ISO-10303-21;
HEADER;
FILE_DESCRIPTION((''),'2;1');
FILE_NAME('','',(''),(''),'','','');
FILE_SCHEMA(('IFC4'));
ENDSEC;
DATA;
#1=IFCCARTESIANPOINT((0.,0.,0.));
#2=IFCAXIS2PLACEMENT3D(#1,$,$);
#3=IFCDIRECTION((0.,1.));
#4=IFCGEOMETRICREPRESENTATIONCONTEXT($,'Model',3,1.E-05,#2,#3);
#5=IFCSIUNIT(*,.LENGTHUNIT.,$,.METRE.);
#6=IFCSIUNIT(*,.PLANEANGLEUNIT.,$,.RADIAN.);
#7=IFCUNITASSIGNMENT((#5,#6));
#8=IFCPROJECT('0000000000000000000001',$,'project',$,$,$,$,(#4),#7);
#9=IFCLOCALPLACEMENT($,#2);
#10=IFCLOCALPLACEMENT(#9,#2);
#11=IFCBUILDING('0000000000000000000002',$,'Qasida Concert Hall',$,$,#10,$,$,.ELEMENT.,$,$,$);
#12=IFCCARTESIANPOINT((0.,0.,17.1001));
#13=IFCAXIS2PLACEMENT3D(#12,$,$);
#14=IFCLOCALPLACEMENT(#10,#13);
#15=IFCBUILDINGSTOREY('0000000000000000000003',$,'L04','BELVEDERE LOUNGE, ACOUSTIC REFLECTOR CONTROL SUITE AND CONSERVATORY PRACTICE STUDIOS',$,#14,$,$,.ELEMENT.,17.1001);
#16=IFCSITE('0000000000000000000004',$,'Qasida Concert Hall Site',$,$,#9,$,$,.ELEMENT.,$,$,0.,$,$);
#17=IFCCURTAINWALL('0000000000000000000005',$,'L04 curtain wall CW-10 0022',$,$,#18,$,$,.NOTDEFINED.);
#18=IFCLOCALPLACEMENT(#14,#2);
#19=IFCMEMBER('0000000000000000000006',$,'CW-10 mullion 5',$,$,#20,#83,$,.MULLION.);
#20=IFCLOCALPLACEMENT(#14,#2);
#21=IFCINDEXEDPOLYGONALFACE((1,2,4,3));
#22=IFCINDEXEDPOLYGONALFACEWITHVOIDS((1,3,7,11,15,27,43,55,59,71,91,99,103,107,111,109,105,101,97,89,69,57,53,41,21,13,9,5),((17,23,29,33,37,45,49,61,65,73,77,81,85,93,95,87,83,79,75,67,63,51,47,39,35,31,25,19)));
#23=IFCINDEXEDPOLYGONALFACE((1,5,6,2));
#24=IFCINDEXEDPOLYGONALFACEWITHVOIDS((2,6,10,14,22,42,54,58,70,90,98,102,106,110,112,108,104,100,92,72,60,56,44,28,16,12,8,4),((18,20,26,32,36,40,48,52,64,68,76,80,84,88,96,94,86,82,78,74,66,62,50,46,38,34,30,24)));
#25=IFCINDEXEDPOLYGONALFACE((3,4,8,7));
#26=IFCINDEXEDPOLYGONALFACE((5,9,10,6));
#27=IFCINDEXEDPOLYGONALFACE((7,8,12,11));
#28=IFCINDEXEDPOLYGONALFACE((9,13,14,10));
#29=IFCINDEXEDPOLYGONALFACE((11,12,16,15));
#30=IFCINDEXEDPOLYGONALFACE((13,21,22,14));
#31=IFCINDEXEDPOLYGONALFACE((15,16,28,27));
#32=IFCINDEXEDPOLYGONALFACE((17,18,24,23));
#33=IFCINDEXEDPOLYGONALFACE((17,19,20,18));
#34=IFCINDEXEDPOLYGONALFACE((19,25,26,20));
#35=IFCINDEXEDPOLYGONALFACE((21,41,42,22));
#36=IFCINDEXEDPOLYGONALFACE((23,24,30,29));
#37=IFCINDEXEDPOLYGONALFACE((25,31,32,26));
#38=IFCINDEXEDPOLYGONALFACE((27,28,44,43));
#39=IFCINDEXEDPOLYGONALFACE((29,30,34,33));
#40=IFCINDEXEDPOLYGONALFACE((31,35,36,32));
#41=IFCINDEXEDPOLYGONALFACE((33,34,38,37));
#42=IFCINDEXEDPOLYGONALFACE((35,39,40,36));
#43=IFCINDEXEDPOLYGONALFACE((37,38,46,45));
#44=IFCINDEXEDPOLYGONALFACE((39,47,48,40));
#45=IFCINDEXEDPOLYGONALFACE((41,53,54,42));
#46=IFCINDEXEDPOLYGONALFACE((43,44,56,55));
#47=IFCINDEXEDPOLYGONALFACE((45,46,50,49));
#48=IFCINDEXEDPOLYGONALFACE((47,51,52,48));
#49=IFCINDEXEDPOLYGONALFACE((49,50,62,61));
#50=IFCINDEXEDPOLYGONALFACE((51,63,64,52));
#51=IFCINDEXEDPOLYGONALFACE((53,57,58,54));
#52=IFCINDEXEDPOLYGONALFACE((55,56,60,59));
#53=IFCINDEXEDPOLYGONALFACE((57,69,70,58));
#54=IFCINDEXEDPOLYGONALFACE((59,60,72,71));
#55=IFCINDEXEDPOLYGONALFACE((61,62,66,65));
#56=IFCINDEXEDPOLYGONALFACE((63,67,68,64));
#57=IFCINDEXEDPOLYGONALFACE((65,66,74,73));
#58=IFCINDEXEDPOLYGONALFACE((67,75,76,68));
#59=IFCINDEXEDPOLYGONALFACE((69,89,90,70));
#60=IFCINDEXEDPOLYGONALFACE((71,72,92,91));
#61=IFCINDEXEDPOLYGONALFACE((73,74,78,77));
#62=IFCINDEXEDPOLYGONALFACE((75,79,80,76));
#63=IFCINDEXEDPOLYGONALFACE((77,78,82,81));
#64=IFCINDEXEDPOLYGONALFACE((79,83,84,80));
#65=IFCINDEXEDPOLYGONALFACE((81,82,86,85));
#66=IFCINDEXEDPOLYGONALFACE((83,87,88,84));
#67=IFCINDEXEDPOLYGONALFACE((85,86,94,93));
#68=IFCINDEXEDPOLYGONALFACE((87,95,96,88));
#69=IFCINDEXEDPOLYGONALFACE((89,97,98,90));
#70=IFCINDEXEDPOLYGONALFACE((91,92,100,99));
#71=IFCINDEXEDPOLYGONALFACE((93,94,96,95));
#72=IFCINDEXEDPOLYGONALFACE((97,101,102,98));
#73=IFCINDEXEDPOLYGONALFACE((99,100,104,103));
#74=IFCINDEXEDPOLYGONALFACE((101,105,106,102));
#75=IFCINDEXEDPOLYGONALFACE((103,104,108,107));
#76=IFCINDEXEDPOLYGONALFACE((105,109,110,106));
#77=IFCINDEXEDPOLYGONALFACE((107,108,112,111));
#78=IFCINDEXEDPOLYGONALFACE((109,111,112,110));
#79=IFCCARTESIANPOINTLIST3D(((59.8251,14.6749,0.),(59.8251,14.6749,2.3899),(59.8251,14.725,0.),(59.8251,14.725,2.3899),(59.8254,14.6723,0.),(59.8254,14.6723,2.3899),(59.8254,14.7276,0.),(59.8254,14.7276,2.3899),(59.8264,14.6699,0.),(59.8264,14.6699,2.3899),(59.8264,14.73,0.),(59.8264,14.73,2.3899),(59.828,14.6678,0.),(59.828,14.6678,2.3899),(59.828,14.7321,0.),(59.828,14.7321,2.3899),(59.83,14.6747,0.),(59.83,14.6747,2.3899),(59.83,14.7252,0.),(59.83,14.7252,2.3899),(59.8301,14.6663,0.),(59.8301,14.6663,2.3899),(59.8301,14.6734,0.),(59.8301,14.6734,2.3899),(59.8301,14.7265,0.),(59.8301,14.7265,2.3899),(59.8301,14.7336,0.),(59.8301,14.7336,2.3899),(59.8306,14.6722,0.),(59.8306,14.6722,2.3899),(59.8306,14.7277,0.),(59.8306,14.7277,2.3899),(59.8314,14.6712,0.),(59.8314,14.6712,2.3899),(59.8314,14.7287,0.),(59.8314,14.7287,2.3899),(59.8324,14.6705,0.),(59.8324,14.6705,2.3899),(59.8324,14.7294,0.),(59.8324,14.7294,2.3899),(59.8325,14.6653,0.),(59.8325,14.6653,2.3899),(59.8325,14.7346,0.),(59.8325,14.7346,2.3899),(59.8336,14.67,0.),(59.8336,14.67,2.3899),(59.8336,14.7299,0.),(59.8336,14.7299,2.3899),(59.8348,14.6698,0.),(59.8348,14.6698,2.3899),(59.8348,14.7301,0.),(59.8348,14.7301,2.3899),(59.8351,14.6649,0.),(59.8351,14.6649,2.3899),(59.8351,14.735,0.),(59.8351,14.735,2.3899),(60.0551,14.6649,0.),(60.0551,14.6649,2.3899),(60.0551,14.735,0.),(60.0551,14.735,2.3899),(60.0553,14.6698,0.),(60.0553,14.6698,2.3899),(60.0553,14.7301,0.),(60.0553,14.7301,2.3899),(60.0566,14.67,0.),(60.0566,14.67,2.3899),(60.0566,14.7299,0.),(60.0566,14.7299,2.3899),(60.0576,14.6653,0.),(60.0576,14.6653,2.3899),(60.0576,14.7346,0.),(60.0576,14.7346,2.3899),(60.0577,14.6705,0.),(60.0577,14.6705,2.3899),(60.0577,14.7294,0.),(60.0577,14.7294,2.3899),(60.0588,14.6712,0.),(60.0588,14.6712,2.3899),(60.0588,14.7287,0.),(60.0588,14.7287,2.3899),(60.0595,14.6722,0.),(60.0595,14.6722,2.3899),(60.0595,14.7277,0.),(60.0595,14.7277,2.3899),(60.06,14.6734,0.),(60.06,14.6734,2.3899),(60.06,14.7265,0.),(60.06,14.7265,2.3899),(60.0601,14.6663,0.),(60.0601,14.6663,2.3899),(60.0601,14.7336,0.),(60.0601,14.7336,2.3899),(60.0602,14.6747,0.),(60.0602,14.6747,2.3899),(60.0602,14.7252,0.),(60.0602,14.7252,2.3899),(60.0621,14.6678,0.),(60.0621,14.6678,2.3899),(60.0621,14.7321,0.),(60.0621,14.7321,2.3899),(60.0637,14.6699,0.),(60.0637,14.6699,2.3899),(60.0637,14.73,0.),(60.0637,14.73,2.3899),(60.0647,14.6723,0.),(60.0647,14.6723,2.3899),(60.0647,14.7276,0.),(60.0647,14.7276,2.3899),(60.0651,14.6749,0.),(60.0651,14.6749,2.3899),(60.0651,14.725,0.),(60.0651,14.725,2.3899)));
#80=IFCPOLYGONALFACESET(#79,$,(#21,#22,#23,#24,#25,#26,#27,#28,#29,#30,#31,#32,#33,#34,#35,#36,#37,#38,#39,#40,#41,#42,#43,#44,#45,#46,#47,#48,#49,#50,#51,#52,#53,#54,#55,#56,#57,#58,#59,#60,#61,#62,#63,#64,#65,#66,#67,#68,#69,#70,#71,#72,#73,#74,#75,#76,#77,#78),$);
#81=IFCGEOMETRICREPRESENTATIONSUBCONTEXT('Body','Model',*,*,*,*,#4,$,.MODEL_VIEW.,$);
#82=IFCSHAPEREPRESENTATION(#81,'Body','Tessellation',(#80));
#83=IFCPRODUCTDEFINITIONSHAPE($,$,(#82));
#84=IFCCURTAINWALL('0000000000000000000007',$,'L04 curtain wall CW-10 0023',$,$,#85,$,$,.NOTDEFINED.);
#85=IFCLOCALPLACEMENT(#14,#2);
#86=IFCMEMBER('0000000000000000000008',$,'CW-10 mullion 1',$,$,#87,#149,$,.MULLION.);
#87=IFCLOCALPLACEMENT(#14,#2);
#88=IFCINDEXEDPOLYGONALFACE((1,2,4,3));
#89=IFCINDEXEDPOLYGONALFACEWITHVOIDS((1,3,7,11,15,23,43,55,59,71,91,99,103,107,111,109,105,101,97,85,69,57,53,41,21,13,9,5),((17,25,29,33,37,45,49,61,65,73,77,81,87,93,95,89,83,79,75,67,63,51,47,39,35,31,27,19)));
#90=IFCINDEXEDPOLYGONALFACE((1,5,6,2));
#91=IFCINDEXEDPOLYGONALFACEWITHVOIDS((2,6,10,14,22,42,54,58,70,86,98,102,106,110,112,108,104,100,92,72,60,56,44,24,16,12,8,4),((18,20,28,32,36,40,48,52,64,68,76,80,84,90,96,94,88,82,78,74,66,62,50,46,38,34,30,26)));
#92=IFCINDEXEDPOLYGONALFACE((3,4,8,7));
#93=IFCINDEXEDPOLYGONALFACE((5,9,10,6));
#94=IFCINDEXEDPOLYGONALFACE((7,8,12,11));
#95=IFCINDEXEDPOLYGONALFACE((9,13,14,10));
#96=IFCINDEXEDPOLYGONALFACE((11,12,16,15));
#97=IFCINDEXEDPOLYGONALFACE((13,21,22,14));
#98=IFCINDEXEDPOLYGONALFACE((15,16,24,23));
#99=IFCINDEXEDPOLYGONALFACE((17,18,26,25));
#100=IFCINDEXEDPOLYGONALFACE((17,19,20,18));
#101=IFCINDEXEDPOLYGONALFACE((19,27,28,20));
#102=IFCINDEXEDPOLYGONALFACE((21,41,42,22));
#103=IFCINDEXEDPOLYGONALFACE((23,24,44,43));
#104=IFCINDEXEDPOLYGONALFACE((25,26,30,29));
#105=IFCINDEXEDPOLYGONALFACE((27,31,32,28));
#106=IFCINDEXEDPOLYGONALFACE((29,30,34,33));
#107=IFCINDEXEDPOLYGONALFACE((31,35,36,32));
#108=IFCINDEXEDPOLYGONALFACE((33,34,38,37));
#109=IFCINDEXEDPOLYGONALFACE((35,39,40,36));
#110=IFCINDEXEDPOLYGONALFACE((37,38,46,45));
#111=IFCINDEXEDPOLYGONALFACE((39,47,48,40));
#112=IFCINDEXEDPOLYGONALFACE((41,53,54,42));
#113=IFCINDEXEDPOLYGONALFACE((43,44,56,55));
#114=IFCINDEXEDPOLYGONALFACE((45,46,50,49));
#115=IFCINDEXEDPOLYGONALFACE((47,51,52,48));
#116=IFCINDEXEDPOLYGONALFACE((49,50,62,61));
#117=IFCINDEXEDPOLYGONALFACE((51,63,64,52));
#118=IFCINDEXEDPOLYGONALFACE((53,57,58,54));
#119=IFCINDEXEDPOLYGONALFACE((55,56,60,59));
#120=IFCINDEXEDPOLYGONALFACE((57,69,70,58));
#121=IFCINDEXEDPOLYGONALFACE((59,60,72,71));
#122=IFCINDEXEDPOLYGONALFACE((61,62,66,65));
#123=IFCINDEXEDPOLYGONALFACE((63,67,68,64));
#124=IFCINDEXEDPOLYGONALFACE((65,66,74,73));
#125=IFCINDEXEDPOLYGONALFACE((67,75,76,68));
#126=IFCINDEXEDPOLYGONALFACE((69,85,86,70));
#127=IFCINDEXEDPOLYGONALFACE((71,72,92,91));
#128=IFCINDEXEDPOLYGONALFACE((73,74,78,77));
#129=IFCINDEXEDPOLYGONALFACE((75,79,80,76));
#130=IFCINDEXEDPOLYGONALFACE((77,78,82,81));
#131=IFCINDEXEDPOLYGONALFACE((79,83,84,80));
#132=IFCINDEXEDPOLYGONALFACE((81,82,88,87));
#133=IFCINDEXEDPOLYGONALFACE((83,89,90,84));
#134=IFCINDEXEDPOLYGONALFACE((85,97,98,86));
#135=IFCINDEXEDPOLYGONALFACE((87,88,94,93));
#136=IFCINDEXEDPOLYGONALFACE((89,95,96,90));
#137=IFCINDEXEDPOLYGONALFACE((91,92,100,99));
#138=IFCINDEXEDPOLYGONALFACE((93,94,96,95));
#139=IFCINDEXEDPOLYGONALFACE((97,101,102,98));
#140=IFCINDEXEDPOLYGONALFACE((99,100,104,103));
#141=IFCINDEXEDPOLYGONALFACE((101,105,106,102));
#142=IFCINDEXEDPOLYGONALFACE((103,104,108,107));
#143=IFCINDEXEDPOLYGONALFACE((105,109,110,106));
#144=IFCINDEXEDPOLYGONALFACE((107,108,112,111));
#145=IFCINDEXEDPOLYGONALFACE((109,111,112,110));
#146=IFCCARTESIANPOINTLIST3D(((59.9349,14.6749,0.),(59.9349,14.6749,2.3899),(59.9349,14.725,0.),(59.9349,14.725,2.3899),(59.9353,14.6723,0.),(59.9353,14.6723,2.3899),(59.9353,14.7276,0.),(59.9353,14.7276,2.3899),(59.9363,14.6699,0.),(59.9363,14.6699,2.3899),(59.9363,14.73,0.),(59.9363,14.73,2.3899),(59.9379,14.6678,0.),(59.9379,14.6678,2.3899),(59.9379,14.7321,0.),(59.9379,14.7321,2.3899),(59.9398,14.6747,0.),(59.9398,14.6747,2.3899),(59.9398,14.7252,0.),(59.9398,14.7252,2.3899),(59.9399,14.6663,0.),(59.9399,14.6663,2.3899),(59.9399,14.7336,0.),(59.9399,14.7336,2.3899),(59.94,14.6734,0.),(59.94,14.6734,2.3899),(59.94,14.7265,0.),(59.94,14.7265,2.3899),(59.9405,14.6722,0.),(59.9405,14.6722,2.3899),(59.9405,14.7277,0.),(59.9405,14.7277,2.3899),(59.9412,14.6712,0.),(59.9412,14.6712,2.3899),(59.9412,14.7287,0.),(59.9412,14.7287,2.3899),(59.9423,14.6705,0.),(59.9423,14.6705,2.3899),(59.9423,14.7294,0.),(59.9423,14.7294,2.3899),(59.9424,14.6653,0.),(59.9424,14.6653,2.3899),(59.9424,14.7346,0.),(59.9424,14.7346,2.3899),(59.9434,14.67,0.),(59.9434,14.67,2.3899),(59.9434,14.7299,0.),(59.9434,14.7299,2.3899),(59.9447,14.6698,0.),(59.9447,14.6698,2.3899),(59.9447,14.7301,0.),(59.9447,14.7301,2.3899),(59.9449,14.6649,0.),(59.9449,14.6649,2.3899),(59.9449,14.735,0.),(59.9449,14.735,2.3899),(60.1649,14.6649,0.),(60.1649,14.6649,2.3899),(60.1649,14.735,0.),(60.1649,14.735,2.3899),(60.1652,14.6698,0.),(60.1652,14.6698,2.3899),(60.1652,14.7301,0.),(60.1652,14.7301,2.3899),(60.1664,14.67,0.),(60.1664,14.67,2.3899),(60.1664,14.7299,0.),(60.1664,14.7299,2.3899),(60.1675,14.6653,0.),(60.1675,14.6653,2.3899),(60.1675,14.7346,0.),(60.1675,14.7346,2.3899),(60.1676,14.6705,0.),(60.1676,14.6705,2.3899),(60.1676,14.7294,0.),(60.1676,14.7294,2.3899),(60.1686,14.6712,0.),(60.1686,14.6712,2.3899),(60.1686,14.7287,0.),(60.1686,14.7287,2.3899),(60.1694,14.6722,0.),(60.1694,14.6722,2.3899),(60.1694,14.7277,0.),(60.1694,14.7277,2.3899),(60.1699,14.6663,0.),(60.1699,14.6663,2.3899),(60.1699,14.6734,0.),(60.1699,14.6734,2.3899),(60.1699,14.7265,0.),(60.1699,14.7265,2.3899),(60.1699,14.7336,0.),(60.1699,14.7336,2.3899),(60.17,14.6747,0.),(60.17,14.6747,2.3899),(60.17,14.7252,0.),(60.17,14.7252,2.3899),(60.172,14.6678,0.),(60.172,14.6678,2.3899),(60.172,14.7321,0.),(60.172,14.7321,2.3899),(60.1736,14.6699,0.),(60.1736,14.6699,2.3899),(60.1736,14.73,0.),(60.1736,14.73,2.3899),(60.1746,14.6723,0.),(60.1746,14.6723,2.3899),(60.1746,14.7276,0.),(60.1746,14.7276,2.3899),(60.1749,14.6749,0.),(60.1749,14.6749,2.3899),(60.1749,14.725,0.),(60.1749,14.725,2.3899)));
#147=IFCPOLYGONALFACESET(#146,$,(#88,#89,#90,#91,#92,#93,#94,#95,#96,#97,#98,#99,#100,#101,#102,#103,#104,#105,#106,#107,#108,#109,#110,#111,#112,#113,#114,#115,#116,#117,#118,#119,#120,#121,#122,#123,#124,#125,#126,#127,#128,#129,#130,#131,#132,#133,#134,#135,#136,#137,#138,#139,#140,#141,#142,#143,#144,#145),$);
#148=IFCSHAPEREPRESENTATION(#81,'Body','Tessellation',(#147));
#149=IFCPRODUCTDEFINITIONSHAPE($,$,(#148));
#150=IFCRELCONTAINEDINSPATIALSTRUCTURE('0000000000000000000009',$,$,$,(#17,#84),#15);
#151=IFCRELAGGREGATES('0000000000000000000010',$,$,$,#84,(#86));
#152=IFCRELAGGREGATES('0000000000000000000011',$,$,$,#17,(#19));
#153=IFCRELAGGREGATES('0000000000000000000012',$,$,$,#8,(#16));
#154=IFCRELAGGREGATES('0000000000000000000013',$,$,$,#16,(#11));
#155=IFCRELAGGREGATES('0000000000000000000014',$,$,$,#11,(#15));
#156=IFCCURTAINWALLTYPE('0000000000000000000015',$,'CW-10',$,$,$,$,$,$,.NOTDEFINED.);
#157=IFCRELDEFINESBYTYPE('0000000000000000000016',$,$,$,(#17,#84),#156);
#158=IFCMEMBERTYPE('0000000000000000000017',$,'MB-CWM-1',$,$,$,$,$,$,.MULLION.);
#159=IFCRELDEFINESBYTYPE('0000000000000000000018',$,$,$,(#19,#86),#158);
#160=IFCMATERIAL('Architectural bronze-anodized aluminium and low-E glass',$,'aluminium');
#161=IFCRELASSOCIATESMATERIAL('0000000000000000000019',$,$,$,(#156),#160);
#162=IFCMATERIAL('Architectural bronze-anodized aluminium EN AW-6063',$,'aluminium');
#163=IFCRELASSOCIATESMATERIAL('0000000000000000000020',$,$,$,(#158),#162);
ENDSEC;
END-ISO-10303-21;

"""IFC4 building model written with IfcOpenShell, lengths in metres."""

from ifc_helpers import new_model, si_unit, direction, frame, origin, origin_2d, place, context, subcontext, project, spatial, hollow_rectangle, extrude, material, material_profile, profile_set, type_object, element, aggregate, save


model = new_model("IFC4")

# Units and contexts
model_context = context("Model", 3, precision=1e-05, world=origin(), true_north=direction((0.0, 1.0)))
body_context = subcontext(model_context, "Body", "Model", "MODEL_VIEW")
ifc_project = project(units=[si_unit("LENGTHUNIT", "METRE"), si_unit("PLANEANGLEUNIT", "RADIAN")], contexts=[model_context])

# Site, building, storey
site_placement = place(None, origin())
site = spatial("IfcSite", under=ifc_project, at=site_placement, Name="Qasida Concert Hall Site", CompositionType="ELEMENT", RefElevation=0.0)
building_placement = place(site_placement, origin())
building = spatial("IfcBuilding", under=site, at=building_placement, Name="Qasida Concert Hall", CompositionType="ELEMENT")
storey_placement = place(building_placement, frame((0.0, 0.0, 17.1001)))
storey = spatial("IfcBuildingStorey", under=building, at=storey_placement, Name="L04", Description="BELVEDERE LOUNGE, ACOUSTIC REFLECTOR CONTROL SUITE AND CONSERVATORY PRACTICE STUDIOS", CompositionType="ELEMENT", Elevation=17.1001)

# Curtain wall, member
ifc_material_1 = material(Name="Architectural bronze-anodized aluminium and low-E glass", Category="aluminium")
curtain_wall_type = type_object("IfcCurtainWallType", Name="CW-10", PredefinedType="NOTDEFINED", material=ifc_material_1)
curtain_wall_1_placement = place(storey_placement, origin())
curtain_wall_1 = element("IfcCurtainWall", 1, at=curtain_wall_1_placement, inside=storey, type_object=curtain_wall_type, Name="L04 curtain wall CW-10 0022", PredefinedType="NOTDEFINED")
ifc_material_2 = material(Name="Architectural bronze-anodized aluminium EN AW-6063", Category="aluminium")
ifc_material_profile_1 = material_profile(ifc_material_2, hollow_rectangle(XDim=0.0701, YDim=0.24, WallThickness=0.0049, InnerFilletRadius=0.0049, OuterFilletRadius=0.01, at=origin_2d()), Name="CWM 240x70x5")
ifc_profile_set_1 = profile_set([ifc_material_profile_1], Name="Architectural bronze-anodized aluminium EN AW-6063")
member_type_1 = type_object("IfcMemberType", Name="MB-CWM-1", PredefinedType="MULLION", material=ifc_profile_set_1)
member_1_placement = place(storey_placement, frame((59.9451, 14.7, 0.0), z_axis=(0.0, 0.0, 1.0), x_axis=(0.0, 1.0, 0.0)))
member_1 = element("IfcMember", 2, at=member_1_placement, type_object=member_type_1, Name="CW-10 mullion 5", PredefinedType="MULLION", context=body_context, shape_type="SweptSolid", body=[
    extrude(hollow_rectangle(XDim=0.0701, YDim=0.24, WallThickness=0.0049, InnerFilletRadius=0.0049, OuterFilletRadius=0.01, at=origin_2d()), origin(), (0.0, 0.0, 1.0), 2.3899),
])

# Curtain wall, member
curtain_wall_2_placement = place(storey_placement, origin())
curtain_wall_2 = element("IfcCurtainWall", 3, at=curtain_wall_2_placement, inside=storey, type_object=curtain_wall_type, Name="L04 curtain wall CW-10 0023", PredefinedType="NOTDEFINED")
member_2_placement = place(storey_placement, frame((60.0549, 14.7, 0.0), z_axis=(0.0, 0.0, 1.0), x_axis=(0.0, 1.0, 0.0)))
member_2 = element("IfcMember", 4, at=member_2_placement, type_object=member_type_1, Name="CW-10 mullion 1", PredefinedType="MULLION", context=body_context, shape_type="SweptSolid", body=[
    extrude(hollow_rectangle(XDim=0.0701, YDim=0.24, WallThickness=0.0049, InnerFilletRadius=0.0049, OuterFilletRadius=0.01, at=origin_2d()), origin(), (0.0, 0.0, 1.0), 2.3899),
])

aggregate(curtain_wall_2, [member_2])

aggregate(curtain_wall_1, [member_1])

save(model, "model.ifc")
